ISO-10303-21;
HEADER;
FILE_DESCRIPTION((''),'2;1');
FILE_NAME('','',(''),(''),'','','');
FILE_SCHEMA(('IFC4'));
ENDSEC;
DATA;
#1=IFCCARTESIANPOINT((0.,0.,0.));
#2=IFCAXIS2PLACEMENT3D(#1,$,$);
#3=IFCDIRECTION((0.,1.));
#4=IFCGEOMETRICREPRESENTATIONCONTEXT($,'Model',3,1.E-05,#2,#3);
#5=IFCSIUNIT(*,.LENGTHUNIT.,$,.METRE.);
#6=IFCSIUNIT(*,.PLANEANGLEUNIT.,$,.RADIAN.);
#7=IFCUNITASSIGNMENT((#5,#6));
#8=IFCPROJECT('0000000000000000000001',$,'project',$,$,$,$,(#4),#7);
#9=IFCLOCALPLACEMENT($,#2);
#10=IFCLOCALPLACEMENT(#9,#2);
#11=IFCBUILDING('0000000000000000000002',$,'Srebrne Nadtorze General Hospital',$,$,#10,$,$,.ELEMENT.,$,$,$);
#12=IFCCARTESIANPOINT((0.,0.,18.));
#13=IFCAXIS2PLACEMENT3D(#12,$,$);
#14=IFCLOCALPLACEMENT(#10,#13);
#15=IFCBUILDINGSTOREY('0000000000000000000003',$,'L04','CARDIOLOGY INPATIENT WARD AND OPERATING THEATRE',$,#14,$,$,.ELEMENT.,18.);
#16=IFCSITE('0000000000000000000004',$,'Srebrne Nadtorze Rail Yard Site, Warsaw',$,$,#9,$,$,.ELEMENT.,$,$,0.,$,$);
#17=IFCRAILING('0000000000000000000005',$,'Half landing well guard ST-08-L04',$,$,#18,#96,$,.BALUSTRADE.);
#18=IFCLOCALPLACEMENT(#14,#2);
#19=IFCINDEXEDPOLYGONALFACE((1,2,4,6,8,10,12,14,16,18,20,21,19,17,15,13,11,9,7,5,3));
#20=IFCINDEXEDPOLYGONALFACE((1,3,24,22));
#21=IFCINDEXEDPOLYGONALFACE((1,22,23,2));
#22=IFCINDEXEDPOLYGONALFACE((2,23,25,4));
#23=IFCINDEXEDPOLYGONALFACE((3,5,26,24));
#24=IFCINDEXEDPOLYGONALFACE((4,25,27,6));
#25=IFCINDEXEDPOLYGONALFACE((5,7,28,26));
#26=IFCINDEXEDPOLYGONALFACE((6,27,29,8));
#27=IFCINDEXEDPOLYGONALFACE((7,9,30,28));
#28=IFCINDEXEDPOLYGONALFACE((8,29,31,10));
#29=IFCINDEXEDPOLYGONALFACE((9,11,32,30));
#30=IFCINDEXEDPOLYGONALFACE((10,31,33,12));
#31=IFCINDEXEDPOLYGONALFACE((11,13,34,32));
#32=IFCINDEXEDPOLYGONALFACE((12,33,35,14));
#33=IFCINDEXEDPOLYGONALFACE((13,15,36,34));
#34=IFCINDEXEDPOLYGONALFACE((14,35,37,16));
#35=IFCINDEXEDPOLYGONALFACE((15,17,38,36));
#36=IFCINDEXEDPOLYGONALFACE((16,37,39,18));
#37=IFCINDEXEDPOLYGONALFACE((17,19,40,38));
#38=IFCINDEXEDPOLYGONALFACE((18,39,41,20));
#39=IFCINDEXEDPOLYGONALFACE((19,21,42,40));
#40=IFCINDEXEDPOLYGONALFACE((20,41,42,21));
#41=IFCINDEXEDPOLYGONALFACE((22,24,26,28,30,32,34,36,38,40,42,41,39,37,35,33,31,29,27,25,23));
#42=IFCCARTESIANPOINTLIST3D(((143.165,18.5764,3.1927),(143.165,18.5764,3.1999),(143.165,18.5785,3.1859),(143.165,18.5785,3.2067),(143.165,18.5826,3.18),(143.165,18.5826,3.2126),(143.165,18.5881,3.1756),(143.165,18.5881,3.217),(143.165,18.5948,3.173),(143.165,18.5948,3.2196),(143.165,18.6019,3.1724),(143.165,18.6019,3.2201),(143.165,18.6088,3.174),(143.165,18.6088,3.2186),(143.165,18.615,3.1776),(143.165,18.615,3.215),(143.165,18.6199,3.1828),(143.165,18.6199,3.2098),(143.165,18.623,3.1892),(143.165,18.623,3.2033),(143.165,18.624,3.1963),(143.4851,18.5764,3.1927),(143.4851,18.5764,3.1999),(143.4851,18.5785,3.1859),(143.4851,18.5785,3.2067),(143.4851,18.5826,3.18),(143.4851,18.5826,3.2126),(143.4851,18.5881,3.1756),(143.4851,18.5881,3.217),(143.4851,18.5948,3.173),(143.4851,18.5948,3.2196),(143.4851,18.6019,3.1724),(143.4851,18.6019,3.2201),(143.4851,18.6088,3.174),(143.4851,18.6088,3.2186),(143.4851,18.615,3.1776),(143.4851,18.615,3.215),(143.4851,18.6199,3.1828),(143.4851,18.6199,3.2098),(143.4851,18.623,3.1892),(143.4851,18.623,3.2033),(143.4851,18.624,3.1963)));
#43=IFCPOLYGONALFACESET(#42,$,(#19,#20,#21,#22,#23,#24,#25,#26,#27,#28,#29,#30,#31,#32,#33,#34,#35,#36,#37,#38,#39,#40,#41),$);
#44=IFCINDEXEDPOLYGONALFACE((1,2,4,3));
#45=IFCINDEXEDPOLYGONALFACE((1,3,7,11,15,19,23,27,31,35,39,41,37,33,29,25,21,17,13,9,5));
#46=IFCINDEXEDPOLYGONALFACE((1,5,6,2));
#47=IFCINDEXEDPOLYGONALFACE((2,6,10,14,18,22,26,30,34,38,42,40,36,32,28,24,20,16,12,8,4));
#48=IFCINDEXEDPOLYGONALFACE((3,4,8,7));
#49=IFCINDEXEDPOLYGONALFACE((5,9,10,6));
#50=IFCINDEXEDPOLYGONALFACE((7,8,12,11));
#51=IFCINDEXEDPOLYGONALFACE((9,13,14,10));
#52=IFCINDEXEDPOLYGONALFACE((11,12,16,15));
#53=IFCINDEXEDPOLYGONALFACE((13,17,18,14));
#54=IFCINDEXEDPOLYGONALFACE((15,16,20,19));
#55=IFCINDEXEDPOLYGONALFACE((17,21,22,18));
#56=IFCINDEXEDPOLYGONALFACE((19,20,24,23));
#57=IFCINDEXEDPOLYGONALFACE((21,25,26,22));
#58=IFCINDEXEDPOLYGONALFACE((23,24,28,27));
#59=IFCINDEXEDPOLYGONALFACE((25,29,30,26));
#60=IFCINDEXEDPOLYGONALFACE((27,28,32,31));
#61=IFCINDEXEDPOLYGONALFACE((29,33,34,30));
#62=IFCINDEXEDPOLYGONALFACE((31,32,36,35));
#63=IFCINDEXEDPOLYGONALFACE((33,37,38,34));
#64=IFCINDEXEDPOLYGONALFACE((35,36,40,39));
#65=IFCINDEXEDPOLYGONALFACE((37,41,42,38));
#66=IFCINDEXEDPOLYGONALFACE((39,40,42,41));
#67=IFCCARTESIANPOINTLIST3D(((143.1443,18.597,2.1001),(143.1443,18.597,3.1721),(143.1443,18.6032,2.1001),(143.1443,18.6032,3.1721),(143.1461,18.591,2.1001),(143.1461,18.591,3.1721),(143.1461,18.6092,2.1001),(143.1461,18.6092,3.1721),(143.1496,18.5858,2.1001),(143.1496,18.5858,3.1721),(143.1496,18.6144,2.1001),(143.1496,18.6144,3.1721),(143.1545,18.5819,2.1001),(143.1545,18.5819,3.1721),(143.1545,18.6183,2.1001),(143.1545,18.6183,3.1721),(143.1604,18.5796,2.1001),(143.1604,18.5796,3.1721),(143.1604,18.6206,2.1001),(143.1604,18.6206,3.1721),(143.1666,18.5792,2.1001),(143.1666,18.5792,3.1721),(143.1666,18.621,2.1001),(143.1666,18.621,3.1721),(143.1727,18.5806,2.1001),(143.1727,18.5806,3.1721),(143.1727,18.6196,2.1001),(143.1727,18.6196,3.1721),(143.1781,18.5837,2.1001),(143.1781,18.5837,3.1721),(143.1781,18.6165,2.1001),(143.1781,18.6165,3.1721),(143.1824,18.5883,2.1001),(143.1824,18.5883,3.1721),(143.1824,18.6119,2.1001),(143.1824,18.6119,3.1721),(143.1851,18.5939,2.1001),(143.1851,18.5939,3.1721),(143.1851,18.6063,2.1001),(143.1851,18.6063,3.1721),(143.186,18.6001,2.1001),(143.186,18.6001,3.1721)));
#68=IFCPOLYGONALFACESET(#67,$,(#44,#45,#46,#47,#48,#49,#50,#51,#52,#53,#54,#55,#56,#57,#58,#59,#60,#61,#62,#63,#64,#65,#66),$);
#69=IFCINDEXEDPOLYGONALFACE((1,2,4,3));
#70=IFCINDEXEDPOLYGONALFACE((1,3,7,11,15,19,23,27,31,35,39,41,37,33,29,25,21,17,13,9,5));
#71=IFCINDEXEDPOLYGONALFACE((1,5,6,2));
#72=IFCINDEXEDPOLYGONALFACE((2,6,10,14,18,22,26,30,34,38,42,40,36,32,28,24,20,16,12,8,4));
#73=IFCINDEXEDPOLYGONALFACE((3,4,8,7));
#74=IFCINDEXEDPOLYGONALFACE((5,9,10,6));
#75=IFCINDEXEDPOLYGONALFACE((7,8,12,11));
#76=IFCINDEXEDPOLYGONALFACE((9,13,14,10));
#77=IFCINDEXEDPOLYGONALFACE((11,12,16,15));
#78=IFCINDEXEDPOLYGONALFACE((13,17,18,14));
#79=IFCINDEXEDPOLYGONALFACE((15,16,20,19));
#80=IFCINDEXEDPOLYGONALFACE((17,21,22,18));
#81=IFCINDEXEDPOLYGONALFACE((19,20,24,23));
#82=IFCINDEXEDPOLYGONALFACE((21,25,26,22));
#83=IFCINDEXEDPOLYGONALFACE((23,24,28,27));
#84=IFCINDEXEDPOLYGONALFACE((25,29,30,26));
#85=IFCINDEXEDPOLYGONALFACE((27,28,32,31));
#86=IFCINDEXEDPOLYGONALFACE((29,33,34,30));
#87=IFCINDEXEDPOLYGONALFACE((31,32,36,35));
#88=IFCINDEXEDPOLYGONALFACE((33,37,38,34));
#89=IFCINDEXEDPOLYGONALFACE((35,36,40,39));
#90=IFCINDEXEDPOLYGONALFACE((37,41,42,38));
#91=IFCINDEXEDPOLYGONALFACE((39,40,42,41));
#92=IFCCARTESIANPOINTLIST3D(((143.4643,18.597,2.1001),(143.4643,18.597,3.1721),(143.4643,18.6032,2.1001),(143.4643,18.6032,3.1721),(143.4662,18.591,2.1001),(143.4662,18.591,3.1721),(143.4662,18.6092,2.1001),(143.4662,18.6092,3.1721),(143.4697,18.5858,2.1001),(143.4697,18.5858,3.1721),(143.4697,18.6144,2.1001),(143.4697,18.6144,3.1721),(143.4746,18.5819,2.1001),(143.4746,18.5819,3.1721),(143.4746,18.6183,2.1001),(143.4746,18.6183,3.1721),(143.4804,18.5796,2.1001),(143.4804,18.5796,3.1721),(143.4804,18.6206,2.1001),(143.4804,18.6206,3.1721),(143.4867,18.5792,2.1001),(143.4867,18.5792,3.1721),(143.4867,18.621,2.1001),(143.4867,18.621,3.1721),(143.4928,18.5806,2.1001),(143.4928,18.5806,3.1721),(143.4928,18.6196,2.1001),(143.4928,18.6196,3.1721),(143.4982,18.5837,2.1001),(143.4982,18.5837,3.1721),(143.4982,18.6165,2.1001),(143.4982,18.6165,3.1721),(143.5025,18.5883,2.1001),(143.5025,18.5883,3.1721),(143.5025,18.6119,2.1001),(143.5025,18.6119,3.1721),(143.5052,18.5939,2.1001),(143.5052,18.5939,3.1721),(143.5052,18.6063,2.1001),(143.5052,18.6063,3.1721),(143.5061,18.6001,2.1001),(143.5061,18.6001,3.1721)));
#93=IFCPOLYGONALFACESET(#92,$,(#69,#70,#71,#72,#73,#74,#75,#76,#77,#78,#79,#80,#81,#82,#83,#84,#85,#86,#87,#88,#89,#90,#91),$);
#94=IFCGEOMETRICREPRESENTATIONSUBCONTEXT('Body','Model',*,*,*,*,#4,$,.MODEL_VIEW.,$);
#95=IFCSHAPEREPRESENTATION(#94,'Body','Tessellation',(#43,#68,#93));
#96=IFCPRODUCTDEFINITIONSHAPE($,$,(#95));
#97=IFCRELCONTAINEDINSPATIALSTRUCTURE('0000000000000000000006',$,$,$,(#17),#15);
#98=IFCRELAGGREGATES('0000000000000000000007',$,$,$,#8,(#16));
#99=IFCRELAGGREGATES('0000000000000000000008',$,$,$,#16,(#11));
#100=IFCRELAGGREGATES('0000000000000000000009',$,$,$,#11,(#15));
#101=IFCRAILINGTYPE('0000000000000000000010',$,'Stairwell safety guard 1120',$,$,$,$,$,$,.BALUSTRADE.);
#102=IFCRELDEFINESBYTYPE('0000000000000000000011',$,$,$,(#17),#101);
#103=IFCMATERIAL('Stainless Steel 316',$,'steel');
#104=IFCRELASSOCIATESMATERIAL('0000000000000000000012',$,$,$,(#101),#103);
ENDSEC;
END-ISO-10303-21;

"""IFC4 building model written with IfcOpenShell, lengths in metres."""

from ifc_helpers import new_model, si_unit, direction, frame, origin, origin_2d, place, context, subcontext, project, spatial, circle, extrude, material, type_object, element, save


model = new_model("IFC4")

# Units and contexts
model_context = context("Model", 3, precision=1e-05, world=origin(), true_north=direction((0.0, 1.0)))
body_context = subcontext(model_context, "Body", "Model", "MODEL_VIEW")
ifc_project = project(units=[si_unit("LENGTHUNIT", "METRE"), si_unit("PLANEANGLEUNIT", "RADIAN")], contexts=[model_context])

# Site, building, storey
site_placement = place(None, origin())
site = spatial("IfcSite", under=ifc_project, at=site_placement, Name="Srebrne Nadtorze Rail Yard Site, Warsaw", CompositionType="ELEMENT", RefElevation=0.0)
building_placement = place(site_placement, origin())
building = spatial("IfcBuilding", under=site, at=building_placement, Name="Srebrne Nadtorze General Hospital", CompositionType="ELEMENT")
storey_placement = place(building_placement, frame((0.0, 0.0, 18.0)))
storey = spatial("IfcBuildingStorey", under=building, at=storey_placement, Name="L04", Description="CARDIOLOGY INPATIENT WARD AND OPERATING THEATRE", CompositionType="ELEMENT", Elevation=18.0)

# Railing
ifc_material_1 = material(Name="Stainless Steel 316", Category="steel")
railing_type_1 = type_object("IfcRailingType", Name="Stairwell safety guard 1120", PredefinedType="BALUSTRADE", material=ifc_material_1)
railing_1_placement = place(storey_placement, frame((143.165, 18.6001, 2.1001)))
element("IfcRailing", 1, at=railing_1_placement, inside=storey, type_object=railing_type_1, Name="Half landing well guard ST-08-L04", PredefinedType="BALUSTRADE", context=body_context, shape_type="SweptSolid", body=[
    extrude(circle(Radius=0.0239, at=origin_2d()), frame((0.0, 0.0, 1.0962), z_axis=(1.0, 0.0, 0.0), x_axis=(0.0, 1.0, 0.0)), (0.0, 0.0, 1.0), 0.3201),
    extrude(circle(Radius=0.021, at=origin_2d()), origin(), (0.0, 0.0, 1.0), 1.072),
    extrude(circle(Radius=0.021, at=origin_2d()), frame((0.3201, 0.0, 0.0)), (0.0, 0.0, 1.0), 1.072),
])

save(model, "model.ifc")
